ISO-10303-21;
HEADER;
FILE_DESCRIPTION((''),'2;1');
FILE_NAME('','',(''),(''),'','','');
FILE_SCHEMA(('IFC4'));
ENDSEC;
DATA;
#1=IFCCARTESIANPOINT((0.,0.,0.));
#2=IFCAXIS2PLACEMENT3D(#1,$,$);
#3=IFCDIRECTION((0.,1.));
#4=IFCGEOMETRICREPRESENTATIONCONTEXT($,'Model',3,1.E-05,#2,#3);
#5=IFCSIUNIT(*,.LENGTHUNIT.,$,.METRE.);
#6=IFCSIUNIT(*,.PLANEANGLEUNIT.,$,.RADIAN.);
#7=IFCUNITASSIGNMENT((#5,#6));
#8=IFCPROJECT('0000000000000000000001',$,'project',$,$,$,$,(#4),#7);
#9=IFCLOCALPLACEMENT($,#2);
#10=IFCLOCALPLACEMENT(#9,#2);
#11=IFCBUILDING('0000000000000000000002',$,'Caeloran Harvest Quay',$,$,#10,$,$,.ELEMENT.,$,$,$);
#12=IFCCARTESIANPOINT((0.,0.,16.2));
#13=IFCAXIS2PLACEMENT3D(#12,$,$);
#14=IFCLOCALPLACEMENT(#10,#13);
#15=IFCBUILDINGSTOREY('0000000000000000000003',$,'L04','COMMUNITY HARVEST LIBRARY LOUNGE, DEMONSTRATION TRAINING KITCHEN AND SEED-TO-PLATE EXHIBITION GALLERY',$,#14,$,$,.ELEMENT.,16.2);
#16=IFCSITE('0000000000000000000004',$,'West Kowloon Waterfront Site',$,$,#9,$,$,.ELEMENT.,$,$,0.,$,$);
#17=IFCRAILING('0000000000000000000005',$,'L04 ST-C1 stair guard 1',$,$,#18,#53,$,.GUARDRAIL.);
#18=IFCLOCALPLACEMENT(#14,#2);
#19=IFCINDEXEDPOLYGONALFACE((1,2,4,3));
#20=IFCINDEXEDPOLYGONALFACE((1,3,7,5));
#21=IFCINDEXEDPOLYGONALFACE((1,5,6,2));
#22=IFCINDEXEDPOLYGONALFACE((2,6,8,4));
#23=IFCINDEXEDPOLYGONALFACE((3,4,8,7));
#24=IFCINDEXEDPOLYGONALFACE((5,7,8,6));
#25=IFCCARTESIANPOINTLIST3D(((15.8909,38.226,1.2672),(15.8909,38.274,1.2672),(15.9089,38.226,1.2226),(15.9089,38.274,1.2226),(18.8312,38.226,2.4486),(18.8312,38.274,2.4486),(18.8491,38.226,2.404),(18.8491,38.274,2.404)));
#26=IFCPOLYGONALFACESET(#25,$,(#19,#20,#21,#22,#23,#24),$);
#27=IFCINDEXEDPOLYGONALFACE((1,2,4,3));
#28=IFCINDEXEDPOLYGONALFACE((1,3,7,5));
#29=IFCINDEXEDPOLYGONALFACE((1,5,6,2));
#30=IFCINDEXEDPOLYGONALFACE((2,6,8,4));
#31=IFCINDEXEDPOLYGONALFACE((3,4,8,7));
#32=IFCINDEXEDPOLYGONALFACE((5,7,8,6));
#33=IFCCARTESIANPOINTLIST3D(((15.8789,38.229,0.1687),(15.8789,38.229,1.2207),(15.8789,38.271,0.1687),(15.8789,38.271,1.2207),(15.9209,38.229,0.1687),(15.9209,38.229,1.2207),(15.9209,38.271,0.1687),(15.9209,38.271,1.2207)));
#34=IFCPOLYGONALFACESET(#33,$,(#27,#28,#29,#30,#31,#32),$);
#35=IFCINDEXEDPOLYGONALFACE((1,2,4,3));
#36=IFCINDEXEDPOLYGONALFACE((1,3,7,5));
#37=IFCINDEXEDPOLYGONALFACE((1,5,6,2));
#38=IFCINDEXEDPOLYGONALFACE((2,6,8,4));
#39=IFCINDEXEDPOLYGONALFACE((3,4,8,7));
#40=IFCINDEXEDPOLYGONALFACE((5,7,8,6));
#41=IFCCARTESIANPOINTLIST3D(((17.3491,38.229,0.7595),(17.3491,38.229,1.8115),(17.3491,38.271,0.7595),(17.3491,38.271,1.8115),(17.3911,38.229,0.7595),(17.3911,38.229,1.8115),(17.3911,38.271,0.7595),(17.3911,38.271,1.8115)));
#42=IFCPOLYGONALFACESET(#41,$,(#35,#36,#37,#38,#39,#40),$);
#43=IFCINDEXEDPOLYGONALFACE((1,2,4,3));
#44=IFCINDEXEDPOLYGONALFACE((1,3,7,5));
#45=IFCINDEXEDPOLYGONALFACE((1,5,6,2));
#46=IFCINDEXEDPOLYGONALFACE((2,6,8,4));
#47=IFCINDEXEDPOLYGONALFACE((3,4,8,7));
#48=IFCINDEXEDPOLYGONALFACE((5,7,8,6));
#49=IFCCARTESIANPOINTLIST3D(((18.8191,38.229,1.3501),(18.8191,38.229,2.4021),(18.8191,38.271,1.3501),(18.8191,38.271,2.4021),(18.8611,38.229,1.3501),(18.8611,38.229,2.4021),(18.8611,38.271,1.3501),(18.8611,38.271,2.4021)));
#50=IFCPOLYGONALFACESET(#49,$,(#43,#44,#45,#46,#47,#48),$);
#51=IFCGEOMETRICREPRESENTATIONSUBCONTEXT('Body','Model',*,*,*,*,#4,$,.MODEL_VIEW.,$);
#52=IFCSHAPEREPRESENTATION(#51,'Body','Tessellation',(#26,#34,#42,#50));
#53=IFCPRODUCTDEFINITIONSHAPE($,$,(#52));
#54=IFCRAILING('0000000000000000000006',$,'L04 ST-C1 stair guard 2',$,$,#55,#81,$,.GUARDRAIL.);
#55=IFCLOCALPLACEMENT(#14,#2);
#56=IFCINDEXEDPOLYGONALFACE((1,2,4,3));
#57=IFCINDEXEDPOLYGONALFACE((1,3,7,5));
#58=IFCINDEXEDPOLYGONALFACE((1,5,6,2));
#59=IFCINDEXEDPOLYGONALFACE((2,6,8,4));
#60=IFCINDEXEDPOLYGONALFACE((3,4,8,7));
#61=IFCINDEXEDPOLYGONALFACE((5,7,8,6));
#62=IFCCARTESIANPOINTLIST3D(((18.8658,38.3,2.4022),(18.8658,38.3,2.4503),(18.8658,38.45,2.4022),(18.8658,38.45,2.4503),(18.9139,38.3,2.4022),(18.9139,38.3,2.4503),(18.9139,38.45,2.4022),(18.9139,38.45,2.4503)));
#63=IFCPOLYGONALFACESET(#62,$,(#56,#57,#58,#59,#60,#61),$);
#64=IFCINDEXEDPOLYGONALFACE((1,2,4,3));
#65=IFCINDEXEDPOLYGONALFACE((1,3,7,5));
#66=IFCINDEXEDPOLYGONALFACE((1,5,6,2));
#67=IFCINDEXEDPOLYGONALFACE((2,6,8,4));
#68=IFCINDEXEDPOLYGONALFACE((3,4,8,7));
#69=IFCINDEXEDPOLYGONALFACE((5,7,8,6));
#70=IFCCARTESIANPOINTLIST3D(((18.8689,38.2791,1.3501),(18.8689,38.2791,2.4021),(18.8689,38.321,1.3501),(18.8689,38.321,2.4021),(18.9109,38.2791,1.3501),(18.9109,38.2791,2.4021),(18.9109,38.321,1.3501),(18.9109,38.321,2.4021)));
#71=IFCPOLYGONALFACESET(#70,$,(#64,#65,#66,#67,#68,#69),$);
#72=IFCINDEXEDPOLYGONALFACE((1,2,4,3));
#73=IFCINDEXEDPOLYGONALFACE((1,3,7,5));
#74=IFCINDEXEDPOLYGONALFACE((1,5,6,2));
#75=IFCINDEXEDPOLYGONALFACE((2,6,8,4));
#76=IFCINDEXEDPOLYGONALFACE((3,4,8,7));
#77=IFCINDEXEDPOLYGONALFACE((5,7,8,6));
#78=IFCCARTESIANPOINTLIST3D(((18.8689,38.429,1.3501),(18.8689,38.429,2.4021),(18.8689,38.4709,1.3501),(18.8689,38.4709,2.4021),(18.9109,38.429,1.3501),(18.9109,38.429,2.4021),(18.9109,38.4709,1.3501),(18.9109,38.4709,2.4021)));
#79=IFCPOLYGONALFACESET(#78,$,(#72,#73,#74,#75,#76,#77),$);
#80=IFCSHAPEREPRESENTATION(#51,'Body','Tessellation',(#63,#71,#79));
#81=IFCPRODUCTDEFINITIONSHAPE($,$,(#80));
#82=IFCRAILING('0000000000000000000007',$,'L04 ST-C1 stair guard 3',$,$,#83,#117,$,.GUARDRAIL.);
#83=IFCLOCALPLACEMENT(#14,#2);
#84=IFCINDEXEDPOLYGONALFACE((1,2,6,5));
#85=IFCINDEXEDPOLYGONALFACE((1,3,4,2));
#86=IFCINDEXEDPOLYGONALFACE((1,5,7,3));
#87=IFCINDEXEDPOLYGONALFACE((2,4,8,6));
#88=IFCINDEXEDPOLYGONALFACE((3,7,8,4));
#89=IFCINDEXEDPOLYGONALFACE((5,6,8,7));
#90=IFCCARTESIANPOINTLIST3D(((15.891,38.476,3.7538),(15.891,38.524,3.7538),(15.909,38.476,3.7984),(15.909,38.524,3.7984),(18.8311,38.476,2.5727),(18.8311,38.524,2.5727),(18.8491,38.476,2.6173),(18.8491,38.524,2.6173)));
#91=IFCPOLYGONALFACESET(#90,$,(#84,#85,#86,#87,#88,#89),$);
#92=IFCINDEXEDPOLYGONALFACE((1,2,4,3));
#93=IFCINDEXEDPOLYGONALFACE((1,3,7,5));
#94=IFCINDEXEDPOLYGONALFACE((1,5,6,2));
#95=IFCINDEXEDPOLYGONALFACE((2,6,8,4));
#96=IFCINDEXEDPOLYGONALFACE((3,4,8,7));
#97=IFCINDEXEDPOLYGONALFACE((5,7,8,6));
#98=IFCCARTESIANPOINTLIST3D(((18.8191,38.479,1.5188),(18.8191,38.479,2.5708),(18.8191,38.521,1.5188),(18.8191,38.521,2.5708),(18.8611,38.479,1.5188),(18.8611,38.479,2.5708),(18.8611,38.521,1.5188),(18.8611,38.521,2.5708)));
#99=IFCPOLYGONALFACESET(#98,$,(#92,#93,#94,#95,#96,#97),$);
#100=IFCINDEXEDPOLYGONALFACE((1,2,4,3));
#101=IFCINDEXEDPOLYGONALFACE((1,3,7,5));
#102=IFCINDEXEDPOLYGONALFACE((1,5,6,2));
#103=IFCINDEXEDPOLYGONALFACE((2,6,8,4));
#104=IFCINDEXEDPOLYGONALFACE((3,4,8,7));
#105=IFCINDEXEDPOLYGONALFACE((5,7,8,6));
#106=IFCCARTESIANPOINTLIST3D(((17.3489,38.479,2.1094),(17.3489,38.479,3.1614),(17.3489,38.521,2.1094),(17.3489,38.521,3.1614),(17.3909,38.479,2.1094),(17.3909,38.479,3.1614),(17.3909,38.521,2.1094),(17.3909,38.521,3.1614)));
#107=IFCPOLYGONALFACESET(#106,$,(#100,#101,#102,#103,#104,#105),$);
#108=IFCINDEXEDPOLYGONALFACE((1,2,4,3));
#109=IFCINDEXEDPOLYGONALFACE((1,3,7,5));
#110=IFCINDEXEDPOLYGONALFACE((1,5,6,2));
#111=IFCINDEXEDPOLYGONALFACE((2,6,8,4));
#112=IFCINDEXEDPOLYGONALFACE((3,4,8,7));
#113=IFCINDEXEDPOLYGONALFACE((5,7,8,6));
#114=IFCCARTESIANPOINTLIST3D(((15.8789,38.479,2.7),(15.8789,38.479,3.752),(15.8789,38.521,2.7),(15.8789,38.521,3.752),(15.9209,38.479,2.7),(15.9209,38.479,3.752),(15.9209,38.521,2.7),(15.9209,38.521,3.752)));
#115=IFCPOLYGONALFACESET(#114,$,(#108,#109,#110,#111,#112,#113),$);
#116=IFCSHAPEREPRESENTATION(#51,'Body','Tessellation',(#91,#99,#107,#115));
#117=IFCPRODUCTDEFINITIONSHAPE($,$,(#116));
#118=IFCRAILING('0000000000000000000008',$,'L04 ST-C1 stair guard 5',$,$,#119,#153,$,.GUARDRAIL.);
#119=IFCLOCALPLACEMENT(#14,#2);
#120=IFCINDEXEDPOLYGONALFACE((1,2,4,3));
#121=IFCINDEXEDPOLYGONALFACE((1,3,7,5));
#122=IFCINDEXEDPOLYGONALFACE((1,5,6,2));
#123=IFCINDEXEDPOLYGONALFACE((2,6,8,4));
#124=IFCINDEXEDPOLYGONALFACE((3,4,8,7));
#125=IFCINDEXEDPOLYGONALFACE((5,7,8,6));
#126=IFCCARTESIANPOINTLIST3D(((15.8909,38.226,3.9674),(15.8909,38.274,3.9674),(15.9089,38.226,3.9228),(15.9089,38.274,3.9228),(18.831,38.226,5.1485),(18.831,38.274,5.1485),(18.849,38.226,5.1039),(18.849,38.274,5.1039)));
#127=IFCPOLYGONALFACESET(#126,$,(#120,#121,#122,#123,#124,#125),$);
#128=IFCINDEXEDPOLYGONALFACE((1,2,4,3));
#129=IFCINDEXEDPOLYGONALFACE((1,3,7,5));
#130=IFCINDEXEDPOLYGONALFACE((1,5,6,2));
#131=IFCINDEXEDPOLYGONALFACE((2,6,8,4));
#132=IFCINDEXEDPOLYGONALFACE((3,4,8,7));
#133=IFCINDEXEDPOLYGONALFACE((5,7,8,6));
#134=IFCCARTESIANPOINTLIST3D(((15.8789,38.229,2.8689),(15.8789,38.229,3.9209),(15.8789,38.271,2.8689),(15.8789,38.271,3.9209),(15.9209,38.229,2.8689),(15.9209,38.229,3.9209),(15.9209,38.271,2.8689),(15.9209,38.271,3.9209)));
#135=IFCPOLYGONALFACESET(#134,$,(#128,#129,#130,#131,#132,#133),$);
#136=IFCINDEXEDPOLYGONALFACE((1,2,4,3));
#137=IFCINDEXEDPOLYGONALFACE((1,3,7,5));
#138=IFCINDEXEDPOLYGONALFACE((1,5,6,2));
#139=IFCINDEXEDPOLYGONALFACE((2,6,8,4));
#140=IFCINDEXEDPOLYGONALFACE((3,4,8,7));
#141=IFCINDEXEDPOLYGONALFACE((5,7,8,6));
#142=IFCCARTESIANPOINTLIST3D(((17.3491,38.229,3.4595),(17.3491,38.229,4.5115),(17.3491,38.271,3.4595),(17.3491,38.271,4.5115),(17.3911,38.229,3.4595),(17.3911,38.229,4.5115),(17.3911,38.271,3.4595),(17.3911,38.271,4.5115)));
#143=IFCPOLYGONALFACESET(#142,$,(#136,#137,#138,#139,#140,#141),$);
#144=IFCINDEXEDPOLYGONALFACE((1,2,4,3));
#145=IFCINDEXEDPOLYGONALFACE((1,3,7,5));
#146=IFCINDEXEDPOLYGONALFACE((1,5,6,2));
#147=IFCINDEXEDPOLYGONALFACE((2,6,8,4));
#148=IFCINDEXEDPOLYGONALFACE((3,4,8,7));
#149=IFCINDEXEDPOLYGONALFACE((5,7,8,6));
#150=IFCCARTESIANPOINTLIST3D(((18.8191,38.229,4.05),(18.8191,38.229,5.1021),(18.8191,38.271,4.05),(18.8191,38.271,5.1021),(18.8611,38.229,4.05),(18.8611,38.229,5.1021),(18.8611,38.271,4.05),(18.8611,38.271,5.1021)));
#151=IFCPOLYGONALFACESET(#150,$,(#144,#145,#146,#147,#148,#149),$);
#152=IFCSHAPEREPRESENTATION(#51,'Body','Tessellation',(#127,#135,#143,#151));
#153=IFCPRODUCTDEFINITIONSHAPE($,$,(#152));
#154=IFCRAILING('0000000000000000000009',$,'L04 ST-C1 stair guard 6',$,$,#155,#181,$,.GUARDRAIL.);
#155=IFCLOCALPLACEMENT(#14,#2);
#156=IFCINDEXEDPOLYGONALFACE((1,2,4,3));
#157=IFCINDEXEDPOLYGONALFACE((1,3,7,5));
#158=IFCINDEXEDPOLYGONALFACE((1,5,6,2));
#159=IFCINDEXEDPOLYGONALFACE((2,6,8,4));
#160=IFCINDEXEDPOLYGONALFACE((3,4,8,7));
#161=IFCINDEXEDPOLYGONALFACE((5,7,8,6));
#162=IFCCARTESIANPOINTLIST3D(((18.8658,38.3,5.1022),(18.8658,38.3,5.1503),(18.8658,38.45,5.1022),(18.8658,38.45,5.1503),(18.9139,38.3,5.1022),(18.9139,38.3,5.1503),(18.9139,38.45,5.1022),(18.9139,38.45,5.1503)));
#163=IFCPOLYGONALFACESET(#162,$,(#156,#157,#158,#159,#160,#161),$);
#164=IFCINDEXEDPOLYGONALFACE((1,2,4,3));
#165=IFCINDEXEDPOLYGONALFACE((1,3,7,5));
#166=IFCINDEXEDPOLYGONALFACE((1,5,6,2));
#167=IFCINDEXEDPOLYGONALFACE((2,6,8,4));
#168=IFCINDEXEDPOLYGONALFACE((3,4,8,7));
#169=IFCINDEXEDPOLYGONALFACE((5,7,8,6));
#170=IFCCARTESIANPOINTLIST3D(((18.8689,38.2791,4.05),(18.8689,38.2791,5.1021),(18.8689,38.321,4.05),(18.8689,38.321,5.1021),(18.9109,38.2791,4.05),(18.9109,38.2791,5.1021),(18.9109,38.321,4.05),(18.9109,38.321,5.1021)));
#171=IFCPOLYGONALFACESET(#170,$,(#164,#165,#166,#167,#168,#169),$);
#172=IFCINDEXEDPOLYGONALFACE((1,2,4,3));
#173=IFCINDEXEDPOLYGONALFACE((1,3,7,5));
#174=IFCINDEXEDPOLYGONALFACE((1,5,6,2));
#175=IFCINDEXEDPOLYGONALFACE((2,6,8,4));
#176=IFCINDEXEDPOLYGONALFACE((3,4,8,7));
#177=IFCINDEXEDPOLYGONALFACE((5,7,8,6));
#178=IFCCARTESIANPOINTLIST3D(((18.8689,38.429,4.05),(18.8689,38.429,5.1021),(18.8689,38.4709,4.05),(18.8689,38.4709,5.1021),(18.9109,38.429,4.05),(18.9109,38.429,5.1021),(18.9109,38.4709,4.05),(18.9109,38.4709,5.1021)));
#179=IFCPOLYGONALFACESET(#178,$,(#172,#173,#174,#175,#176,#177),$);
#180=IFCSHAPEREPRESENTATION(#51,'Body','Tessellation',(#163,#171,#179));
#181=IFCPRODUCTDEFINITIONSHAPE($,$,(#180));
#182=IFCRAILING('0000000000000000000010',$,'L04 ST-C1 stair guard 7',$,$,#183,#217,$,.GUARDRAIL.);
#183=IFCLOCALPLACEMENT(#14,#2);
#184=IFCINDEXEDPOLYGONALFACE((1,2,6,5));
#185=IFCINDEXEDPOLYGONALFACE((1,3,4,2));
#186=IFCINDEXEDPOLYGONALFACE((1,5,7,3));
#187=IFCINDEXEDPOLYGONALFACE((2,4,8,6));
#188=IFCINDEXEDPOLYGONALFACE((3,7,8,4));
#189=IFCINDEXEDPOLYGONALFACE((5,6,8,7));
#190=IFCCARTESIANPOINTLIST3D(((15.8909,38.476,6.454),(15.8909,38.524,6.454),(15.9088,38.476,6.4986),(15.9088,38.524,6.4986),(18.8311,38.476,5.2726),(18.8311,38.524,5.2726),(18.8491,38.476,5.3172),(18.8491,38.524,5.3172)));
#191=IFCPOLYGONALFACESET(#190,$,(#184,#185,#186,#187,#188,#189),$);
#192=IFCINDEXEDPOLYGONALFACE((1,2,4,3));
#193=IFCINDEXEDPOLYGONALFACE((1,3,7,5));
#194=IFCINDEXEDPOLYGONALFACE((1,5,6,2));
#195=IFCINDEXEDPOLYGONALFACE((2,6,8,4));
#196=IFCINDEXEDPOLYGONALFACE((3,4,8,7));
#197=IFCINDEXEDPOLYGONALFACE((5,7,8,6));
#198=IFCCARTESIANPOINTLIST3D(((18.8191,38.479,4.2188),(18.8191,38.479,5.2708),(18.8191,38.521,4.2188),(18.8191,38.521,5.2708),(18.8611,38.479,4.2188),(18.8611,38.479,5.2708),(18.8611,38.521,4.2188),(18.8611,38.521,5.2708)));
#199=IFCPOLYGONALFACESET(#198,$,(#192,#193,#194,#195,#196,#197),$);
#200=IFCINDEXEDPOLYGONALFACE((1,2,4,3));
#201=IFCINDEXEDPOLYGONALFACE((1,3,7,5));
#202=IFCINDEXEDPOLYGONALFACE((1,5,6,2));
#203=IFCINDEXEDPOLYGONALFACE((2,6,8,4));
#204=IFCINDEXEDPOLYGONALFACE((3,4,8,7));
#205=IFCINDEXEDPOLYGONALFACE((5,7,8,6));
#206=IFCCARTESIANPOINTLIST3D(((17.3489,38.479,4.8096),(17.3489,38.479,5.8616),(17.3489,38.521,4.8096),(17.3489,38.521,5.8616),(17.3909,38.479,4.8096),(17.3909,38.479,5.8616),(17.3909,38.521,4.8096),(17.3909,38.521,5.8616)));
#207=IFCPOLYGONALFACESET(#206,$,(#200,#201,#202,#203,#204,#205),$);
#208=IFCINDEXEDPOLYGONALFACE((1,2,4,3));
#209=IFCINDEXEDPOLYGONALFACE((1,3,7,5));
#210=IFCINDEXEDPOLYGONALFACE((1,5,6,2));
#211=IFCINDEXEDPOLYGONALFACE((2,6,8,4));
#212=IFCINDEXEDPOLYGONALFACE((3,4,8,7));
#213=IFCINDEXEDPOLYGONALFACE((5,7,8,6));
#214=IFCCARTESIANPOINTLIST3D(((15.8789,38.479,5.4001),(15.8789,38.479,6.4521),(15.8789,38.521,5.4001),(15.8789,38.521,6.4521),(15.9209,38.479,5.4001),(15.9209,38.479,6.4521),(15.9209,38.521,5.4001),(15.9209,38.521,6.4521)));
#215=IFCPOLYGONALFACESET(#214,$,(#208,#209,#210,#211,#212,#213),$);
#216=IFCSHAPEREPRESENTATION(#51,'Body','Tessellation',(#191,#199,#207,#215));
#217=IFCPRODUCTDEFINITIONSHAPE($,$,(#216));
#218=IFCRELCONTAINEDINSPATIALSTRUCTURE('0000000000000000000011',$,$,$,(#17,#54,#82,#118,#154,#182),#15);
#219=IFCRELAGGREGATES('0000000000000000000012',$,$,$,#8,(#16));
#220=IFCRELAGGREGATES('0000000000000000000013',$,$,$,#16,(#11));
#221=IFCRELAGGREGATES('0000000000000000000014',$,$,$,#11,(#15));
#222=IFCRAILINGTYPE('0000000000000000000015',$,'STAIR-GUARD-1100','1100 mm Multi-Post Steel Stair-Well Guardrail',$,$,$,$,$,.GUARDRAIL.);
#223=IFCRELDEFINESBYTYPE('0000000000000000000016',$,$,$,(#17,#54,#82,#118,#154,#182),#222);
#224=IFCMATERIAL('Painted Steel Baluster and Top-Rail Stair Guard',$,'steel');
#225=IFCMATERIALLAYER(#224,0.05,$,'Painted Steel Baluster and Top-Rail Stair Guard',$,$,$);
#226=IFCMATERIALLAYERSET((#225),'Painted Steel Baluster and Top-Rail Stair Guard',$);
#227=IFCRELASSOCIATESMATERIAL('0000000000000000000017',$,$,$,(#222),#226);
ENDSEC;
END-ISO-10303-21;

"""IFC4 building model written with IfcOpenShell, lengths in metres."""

from ifc_helpers import new_model, si_unit, direction, frame, origin, origin_2d, place, context, subcontext, project, spatial, rectangle, extrude, material, layer, layer_set, type_object, element, save


model = new_model("IFC4")

# Units and contexts
model_context = context("Model", 3, precision=1e-05, world=origin(), true_north=direction((0.0, 1.0)))
body_context = subcontext(model_context, "Body", "Model", "MODEL_VIEW")
ifc_project = project(units=[si_unit("LENGTHUNIT", "METRE"), si_unit("PLANEANGLEUNIT", "RADIAN")], contexts=[model_context])

# Site, building, storey
site_placement = place(None, origin())
site = spatial("IfcSite", under=ifc_project, at=site_placement, Name="West Kowloon Waterfront Site", CompositionType="ELEMENT", RefElevation=0.0)
building_placement = place(site_placement, origin())
building = spatial("IfcBuilding", under=site, at=building_placement, Name="Caeloran Harvest Quay", CompositionType="ELEMENT")
storey_placement = place(building_placement, frame((0.0, 0.0, 16.2)))
storey = spatial("IfcBuildingStorey", under=building, at=storey_placement, Name="L04", Description="COMMUNITY HARVEST LIBRARY LOUNGE, DEMONSTRATION TRAINING KITCHEN AND SEED-TO-PLATE EXHIBITION GALLERY", CompositionType="ELEMENT", Elevation=16.2)

# Railings
ifc_material_1 = material(Name="Painted Steel Baluster and Top-Rail Stair Guard", Category="steel")
ifc_layer_1 = layer(ifc_material_1, 0.05, Name="Painted Steel Baluster and Top-Rail Stair Guard")
ifc_layer_set_1 = layer_set([ifc_layer_1], Name="Painted Steel Baluster and Top-Rail Stair Guard")
railing_type_1 = type_object("IfcRailingType", Name="STAIR-GUARD-1100", Description="1100 mm Multi-Post Steel Stair-Well Guardrail", PredefinedType="GUARDRAIL", material=ifc_layer_set_1)
railing_1_placement = place(storey_placement, frame((15.8999, 38.25, 0.1687)))
element("IfcRailing", 1, at=railing_1_placement, inside=storey, type_object=railing_type_1, Name="L04 ST-C1 stair guard 1", PredefinedType="GUARDRAIL", context=body_context, shape_type="SweptSolid", body=[
    extrude(rectangle(XDim=0.0481, YDim=0.0481, at=origin_2d()), frame((0.0, 0.0, 1.0762), z_axis=(0.927896, 0.0, 0.372838), x_axis=(0.0, 1.0, 0.0)), (0.0, 0.0, 1.0), 3.1687),
    extrude(rectangle(XDim=0.042, YDim=0.042, at=origin_2d()), origin(), (0.0, 0.0, 1.0), 1.052),
    extrude(rectangle(XDim=0.042, YDim=0.042, at=origin_2d()), frame((1.4702, 0.0, 0.5908)), (0.0, 0.0, 1.0), 1.052),
    extrude(rectangle(XDim=0.042, YDim=0.042, at=origin_2d()), frame((2.9402, 0.0, 1.1814)), (0.0, 0.0, 1.0), 1.052),
])
railing_2_placement = place(storey_placement, frame((18.8899, 38.3, 1.3501)))
element("IfcRailing", 2, at=railing_2_placement, inside=storey, type_object=railing_type_1, Name="L04 ST-C1 stair guard 2", PredefinedType="GUARDRAIL", context=body_context, shape_type="SweptSolid", body=[
    extrude(rectangle(XDim=0.0481, YDim=0.0481, at=origin_2d()), frame((0.0, 0.0, 1.0762), z_axis=(0.0, 1.0, 0.0), x_axis=(-1.0, 0.0, 0.0)), (0.0, 0.0, 1.0), 0.1499),
    extrude(rectangle(XDim=0.042, YDim=0.042, at=origin_2d()), origin(), (0.0, 0.0, 1.0), 1.052),
    extrude(rectangle(XDim=0.042, YDim=0.042, at=origin_2d()), frame((0.0, 0.1499, 0.0)), (0.0, 0.0, 1.0), 1.052),
])
railing_3_placement = place(storey_placement, frame((18.8401, 38.5, 1.5188)))
element("IfcRailing", 3, at=railing_3_placement, inside=storey, type_object=railing_type_1, Name="L04 ST-C1 stair guard 3", PredefinedType="GUARDRAIL", context=body_context, shape_type="SweptSolid", body=[
    extrude(rectangle(XDim=0.0481, YDim=0.0481, at=origin_2d()), frame((0.0, 0.0, 1.0762), z_axis=(-0.927923, 0.0, 0.372772), x_axis=(0.0, -1.0, 0.0)), (0.0, 0.0, 1.0), 3.1685),
    extrude(rectangle(XDim=0.042, YDim=0.042, at=origin_2d()), origin(), (0.0, 0.0, 1.0), 1.052),
    extrude(rectangle(XDim=0.042, YDim=0.042, at=origin_2d()), frame((-1.4702, 0.0, 0.5906)), (0.0, 0.0, 1.0), 1.052),
    extrude(rectangle(XDim=0.042, YDim=0.042, at=origin_2d()), frame((-2.9402, 0.0, 1.1812)), (0.0, 0.0, 1.0), 1.052),
])
railing_4_placement = place(storey_placement, frame((15.8999, 38.25, 2.8689)))
element("IfcRailing", 4, at=railing_4_placement, inside=storey, type_object=railing_type_1, Name="L04 ST-C1 stair guard 5", PredefinedType="GUARDRAIL", context=body_context, shape_type="SweptSolid", body=[
    extrude(rectangle(XDim=0.0481, YDim=0.0481, at=origin_2d()), frame((0.0, 0.0, 1.0762), z_axis=(0.927923, 0.0, 0.372772), x_axis=(0.0, 1.0, 0.0)), (0.0, 0.0, 1.0), 3.1685),
    extrude(rectangle(XDim=0.042, YDim=0.042, at=origin_2d()), origin(), (0.0, 0.0, 1.0), 1.052),
    extrude(rectangle(XDim=0.042, YDim=0.042, at=origin_2d()), frame((1.4702, 0.0, 0.5906)), (0.0, 0.0, 1.0), 1.052),
    extrude(rectangle(XDim=0.042, YDim=0.042, at=origin_2d()), frame((2.9402, 0.0, 1.1812)), (0.0, 0.0, 1.0), 1.052),
])
railing_5_placement = place(storey_placement, frame((18.8899, 38.3, 4.05)))
element("IfcRailing", 5, at=railing_5_placement, inside=storey, type_object=railing_type_1, Name="L04 ST-C1 stair guard 6", PredefinedType="GUARDRAIL", context=body_context, shape_type="SweptSolid", body=[
    extrude(rectangle(XDim=0.0481, YDim=0.0481, at=origin_2d()), frame((0.0, 0.0, 1.0762), z_axis=(0.0, 1.0, 0.0), x_axis=(-1.0, 0.0, 0.0)), (0.0, 0.0, 1.0), 0.1499),
    extrude(rectangle(XDim=0.042, YDim=0.042, at=origin_2d()), origin(), (0.0, 0.0, 1.0), 1.052),
    extrude(rectangle(XDim=0.042, YDim=0.042, at=origin_2d()), frame((0.0, 0.1499, 0.0)), (0.0, 0.0, 1.0), 1.052),
])
railing_6_placement = place(storey_placement, frame((18.8401, 38.5, 4.2188)))
element("IfcRailing", 6, at=railing_6_placement, inside=storey, type_object=railing_type_1, Name="L04 ST-C1 stair guard 7", PredefinedType="GUARDRAIL", context=body_context, shape_type="SweptSolid", body=[
    extrude(rectangle(XDim=0.0481, YDim=0.0481, at=origin_2d()), frame((0.0, 0.0, 1.0762), z_axis=(-0.927896, 0.0, 0.372838), x_axis=(0.0, -1.0, 0.0)), (0.0, 0.0, 1.0), 3.1687),
    extrude(rectangle(XDim=0.042, YDim=0.042, at=origin_2d()), origin(), (0.0, 0.0, 1.0), 1.052),
    extrude(rectangle(XDim=0.042, YDim=0.042, at=origin_2d()), frame((-1.4702, 0.0, 0.5908)), (0.0, 0.0, 1.0), 1.052),
    extrude(rectangle(XDim=0.042, YDim=0.042, at=origin_2d()), frame((-2.9402, 0.0, 1.1814)), (0.0, 0.0, 1.0), 1.052),
])

save(model, "model.ifc")
